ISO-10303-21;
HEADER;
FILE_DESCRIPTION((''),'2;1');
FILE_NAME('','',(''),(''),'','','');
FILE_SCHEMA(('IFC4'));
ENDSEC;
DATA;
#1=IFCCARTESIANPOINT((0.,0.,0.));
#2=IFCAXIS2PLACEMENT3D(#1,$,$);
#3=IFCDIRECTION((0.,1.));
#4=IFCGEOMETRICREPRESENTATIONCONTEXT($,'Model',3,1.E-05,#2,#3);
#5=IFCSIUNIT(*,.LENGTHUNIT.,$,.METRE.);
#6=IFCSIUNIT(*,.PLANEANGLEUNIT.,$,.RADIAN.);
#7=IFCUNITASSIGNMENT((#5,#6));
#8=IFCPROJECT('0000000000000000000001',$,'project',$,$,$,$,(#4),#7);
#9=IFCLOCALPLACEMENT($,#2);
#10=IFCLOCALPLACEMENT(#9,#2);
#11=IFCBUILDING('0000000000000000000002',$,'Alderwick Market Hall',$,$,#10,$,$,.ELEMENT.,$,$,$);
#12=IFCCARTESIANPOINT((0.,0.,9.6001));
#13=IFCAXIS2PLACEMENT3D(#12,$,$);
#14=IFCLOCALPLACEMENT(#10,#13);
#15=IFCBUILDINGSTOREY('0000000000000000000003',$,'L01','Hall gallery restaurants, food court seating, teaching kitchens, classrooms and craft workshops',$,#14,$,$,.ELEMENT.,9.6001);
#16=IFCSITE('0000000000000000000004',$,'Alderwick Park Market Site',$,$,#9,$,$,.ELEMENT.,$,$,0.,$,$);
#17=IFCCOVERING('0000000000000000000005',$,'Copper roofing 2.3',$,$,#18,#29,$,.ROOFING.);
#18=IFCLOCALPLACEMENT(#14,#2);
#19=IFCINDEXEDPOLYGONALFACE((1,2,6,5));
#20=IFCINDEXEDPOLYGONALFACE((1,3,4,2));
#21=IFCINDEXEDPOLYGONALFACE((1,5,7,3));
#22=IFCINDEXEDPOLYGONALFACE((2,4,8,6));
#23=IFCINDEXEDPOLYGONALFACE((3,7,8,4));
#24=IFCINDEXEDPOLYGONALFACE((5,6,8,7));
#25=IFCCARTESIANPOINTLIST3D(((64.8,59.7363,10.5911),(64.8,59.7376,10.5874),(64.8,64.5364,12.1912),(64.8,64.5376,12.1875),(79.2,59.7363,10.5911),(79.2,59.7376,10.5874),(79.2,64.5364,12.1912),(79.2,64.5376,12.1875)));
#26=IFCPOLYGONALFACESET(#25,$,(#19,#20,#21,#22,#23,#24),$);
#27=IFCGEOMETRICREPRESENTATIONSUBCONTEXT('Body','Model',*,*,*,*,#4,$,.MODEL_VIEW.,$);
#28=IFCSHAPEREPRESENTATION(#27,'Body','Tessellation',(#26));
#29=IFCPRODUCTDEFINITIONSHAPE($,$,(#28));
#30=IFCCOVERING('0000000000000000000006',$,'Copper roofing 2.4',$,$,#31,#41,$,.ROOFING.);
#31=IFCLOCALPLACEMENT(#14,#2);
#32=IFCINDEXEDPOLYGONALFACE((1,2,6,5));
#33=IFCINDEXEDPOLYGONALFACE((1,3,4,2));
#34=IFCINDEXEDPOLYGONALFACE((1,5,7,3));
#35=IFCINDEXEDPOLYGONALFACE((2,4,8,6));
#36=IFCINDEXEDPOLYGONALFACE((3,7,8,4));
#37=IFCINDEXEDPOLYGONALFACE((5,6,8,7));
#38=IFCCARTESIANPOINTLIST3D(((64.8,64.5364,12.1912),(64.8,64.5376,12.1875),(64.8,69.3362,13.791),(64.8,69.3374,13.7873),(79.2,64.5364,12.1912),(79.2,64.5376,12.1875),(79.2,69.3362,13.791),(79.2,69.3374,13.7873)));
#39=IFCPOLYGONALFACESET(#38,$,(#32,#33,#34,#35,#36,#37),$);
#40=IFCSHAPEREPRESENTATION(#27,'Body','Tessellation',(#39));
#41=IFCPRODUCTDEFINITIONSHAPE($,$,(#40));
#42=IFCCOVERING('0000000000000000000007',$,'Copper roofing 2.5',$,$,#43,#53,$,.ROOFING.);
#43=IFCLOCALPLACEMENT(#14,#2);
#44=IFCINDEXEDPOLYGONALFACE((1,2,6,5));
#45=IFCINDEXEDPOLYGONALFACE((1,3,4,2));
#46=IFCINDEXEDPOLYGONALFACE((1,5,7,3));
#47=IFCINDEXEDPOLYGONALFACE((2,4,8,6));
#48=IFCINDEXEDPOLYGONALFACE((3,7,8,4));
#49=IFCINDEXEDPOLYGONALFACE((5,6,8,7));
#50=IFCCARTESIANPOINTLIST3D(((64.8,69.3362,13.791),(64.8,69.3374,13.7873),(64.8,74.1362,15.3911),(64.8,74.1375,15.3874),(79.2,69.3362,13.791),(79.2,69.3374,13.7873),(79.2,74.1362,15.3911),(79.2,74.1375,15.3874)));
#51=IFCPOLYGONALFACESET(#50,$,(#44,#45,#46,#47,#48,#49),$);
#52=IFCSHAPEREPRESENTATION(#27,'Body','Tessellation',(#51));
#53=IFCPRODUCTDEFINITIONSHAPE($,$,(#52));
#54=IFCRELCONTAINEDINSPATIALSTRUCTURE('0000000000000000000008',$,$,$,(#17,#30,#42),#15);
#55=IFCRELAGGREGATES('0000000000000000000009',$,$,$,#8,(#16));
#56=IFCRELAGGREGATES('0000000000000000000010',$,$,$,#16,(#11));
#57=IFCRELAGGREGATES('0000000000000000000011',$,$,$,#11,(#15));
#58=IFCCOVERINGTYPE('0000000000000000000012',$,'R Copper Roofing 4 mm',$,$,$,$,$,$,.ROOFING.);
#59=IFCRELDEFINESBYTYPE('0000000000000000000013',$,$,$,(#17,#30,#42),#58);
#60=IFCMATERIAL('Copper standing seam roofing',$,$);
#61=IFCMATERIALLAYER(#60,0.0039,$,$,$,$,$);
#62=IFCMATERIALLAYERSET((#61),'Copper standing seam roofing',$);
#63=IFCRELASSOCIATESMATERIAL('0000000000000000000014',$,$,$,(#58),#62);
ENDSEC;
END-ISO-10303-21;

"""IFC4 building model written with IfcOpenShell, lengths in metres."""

from ifc_helpers import new_model, si_unit, direction, frame, origin, place, context, subcontext, project, spatial, polyline, outline, extrude, material, layer, layer_set, type_object, element, save


model = new_model("IFC4")

# Units and contexts
model_context = context("Model", 3, precision=1e-05, world=origin(), true_north=direction((0.0, 1.0)))
body_context = subcontext(model_context, "Body", "Model", "MODEL_VIEW")
ifc_project = project(units=[si_unit("LENGTHUNIT", "METRE"), si_unit("PLANEANGLEUNIT", "RADIAN")], contexts=[model_context])

# Site, building, storey
site_placement = place(None, origin())
site = spatial("IfcSite", under=ifc_project, at=site_placement, Name="Alderwick Park Market Site", CompositionType="ELEMENT", RefElevation=0.0)
building_placement = place(site_placement, origin())
building = spatial("IfcBuilding", under=site, at=building_placement, Name="Alderwick Market Hall", CompositionType="ELEMENT")
storey_placement = place(building_placement, frame((0.0, 0.0, 9.6001)))
storey = spatial("IfcBuildingStorey", under=building, at=storey_placement, Name="L01", Description="Hall gallery restaurants, food court seating, teaching kitchens, classrooms and craft workshops", CompositionType="ELEMENT", Elevation=9.6001)

# Coverings
ifc_material_1 = material(Name="Copper standing seam roofing")
ifc_layer_1 = layer(ifc_material_1, 0.0039)
ifc_layer_set_1 = layer_set([ifc_layer_1], Name="Copper standing seam roofing")
covering_type = type_object("IfcCoveringType", Name="R Copper Roofing 4 mm", PredefinedType="ROOFING", material=ifc_layer_set_1)
covering_1_placement = place(storey_placement, frame((64.8, 59.7363, 10.5911), z_axis=(0.0, -0.316242, 0.948678), x_axis=(1.0, 0.0, 0.0)))
element("IfcCovering", 1, at=covering_1_placement, inside=storey, type_object=covering_type, Name="Copper roofing 2.3", PredefinedType="ROOFING", context=body_context, shape_type="SweptSolid", body=[
    extrude(outline(polyline([(0.0, 0.0), (14.3999, 0.0), (14.3999, 5.0597), (0.0, 5.0597), (0.0, 0.0)])), origin(), (0.0, 0.0, -1.0), 0.0039),
])
covering_2_placement = place(storey_placement, frame((64.8, 64.5364, 12.1912), z_axis=(0.0, -0.316213, 0.948688), x_axis=(1.0, 0.0, 0.0)))
element("IfcCovering", 2, at=covering_2_placement, inside=storey, type_object=covering_type, Name="Copper roofing 2.4", PredefinedType="ROOFING", context=body_context, shape_type="SweptSolid", body=[
    extrude(outline(polyline([(0.0, 0.0), (14.3999, 0.0), (14.3999, 5.0594), (0.0, 5.0594), (0.0, 0.0)])), origin(), (0.0, 0.0, -1.0), 0.0039),
])
covering_3_placement = place(storey_placement, frame((64.8, 69.3362, 13.791), z_axis=(0.0, -0.316242, 0.948678), x_axis=(1.0, 0.0, 0.0)))
element("IfcCovering", 3, at=covering_3_placement, inside=storey, type_object=covering_type, Name="Copper roofing 2.5", PredefinedType="ROOFING", context=body_context, shape_type="SweptSolid", body=[
    extrude(outline(polyline([(0.0, 0.0), (14.3999, 0.0), (14.3999, 5.0597), (0.0, 5.0597), (0.0, 0.0)])), origin(), (0.0, 0.0, -1.0), 0.0039),
])

save(model, "model.ifc")
